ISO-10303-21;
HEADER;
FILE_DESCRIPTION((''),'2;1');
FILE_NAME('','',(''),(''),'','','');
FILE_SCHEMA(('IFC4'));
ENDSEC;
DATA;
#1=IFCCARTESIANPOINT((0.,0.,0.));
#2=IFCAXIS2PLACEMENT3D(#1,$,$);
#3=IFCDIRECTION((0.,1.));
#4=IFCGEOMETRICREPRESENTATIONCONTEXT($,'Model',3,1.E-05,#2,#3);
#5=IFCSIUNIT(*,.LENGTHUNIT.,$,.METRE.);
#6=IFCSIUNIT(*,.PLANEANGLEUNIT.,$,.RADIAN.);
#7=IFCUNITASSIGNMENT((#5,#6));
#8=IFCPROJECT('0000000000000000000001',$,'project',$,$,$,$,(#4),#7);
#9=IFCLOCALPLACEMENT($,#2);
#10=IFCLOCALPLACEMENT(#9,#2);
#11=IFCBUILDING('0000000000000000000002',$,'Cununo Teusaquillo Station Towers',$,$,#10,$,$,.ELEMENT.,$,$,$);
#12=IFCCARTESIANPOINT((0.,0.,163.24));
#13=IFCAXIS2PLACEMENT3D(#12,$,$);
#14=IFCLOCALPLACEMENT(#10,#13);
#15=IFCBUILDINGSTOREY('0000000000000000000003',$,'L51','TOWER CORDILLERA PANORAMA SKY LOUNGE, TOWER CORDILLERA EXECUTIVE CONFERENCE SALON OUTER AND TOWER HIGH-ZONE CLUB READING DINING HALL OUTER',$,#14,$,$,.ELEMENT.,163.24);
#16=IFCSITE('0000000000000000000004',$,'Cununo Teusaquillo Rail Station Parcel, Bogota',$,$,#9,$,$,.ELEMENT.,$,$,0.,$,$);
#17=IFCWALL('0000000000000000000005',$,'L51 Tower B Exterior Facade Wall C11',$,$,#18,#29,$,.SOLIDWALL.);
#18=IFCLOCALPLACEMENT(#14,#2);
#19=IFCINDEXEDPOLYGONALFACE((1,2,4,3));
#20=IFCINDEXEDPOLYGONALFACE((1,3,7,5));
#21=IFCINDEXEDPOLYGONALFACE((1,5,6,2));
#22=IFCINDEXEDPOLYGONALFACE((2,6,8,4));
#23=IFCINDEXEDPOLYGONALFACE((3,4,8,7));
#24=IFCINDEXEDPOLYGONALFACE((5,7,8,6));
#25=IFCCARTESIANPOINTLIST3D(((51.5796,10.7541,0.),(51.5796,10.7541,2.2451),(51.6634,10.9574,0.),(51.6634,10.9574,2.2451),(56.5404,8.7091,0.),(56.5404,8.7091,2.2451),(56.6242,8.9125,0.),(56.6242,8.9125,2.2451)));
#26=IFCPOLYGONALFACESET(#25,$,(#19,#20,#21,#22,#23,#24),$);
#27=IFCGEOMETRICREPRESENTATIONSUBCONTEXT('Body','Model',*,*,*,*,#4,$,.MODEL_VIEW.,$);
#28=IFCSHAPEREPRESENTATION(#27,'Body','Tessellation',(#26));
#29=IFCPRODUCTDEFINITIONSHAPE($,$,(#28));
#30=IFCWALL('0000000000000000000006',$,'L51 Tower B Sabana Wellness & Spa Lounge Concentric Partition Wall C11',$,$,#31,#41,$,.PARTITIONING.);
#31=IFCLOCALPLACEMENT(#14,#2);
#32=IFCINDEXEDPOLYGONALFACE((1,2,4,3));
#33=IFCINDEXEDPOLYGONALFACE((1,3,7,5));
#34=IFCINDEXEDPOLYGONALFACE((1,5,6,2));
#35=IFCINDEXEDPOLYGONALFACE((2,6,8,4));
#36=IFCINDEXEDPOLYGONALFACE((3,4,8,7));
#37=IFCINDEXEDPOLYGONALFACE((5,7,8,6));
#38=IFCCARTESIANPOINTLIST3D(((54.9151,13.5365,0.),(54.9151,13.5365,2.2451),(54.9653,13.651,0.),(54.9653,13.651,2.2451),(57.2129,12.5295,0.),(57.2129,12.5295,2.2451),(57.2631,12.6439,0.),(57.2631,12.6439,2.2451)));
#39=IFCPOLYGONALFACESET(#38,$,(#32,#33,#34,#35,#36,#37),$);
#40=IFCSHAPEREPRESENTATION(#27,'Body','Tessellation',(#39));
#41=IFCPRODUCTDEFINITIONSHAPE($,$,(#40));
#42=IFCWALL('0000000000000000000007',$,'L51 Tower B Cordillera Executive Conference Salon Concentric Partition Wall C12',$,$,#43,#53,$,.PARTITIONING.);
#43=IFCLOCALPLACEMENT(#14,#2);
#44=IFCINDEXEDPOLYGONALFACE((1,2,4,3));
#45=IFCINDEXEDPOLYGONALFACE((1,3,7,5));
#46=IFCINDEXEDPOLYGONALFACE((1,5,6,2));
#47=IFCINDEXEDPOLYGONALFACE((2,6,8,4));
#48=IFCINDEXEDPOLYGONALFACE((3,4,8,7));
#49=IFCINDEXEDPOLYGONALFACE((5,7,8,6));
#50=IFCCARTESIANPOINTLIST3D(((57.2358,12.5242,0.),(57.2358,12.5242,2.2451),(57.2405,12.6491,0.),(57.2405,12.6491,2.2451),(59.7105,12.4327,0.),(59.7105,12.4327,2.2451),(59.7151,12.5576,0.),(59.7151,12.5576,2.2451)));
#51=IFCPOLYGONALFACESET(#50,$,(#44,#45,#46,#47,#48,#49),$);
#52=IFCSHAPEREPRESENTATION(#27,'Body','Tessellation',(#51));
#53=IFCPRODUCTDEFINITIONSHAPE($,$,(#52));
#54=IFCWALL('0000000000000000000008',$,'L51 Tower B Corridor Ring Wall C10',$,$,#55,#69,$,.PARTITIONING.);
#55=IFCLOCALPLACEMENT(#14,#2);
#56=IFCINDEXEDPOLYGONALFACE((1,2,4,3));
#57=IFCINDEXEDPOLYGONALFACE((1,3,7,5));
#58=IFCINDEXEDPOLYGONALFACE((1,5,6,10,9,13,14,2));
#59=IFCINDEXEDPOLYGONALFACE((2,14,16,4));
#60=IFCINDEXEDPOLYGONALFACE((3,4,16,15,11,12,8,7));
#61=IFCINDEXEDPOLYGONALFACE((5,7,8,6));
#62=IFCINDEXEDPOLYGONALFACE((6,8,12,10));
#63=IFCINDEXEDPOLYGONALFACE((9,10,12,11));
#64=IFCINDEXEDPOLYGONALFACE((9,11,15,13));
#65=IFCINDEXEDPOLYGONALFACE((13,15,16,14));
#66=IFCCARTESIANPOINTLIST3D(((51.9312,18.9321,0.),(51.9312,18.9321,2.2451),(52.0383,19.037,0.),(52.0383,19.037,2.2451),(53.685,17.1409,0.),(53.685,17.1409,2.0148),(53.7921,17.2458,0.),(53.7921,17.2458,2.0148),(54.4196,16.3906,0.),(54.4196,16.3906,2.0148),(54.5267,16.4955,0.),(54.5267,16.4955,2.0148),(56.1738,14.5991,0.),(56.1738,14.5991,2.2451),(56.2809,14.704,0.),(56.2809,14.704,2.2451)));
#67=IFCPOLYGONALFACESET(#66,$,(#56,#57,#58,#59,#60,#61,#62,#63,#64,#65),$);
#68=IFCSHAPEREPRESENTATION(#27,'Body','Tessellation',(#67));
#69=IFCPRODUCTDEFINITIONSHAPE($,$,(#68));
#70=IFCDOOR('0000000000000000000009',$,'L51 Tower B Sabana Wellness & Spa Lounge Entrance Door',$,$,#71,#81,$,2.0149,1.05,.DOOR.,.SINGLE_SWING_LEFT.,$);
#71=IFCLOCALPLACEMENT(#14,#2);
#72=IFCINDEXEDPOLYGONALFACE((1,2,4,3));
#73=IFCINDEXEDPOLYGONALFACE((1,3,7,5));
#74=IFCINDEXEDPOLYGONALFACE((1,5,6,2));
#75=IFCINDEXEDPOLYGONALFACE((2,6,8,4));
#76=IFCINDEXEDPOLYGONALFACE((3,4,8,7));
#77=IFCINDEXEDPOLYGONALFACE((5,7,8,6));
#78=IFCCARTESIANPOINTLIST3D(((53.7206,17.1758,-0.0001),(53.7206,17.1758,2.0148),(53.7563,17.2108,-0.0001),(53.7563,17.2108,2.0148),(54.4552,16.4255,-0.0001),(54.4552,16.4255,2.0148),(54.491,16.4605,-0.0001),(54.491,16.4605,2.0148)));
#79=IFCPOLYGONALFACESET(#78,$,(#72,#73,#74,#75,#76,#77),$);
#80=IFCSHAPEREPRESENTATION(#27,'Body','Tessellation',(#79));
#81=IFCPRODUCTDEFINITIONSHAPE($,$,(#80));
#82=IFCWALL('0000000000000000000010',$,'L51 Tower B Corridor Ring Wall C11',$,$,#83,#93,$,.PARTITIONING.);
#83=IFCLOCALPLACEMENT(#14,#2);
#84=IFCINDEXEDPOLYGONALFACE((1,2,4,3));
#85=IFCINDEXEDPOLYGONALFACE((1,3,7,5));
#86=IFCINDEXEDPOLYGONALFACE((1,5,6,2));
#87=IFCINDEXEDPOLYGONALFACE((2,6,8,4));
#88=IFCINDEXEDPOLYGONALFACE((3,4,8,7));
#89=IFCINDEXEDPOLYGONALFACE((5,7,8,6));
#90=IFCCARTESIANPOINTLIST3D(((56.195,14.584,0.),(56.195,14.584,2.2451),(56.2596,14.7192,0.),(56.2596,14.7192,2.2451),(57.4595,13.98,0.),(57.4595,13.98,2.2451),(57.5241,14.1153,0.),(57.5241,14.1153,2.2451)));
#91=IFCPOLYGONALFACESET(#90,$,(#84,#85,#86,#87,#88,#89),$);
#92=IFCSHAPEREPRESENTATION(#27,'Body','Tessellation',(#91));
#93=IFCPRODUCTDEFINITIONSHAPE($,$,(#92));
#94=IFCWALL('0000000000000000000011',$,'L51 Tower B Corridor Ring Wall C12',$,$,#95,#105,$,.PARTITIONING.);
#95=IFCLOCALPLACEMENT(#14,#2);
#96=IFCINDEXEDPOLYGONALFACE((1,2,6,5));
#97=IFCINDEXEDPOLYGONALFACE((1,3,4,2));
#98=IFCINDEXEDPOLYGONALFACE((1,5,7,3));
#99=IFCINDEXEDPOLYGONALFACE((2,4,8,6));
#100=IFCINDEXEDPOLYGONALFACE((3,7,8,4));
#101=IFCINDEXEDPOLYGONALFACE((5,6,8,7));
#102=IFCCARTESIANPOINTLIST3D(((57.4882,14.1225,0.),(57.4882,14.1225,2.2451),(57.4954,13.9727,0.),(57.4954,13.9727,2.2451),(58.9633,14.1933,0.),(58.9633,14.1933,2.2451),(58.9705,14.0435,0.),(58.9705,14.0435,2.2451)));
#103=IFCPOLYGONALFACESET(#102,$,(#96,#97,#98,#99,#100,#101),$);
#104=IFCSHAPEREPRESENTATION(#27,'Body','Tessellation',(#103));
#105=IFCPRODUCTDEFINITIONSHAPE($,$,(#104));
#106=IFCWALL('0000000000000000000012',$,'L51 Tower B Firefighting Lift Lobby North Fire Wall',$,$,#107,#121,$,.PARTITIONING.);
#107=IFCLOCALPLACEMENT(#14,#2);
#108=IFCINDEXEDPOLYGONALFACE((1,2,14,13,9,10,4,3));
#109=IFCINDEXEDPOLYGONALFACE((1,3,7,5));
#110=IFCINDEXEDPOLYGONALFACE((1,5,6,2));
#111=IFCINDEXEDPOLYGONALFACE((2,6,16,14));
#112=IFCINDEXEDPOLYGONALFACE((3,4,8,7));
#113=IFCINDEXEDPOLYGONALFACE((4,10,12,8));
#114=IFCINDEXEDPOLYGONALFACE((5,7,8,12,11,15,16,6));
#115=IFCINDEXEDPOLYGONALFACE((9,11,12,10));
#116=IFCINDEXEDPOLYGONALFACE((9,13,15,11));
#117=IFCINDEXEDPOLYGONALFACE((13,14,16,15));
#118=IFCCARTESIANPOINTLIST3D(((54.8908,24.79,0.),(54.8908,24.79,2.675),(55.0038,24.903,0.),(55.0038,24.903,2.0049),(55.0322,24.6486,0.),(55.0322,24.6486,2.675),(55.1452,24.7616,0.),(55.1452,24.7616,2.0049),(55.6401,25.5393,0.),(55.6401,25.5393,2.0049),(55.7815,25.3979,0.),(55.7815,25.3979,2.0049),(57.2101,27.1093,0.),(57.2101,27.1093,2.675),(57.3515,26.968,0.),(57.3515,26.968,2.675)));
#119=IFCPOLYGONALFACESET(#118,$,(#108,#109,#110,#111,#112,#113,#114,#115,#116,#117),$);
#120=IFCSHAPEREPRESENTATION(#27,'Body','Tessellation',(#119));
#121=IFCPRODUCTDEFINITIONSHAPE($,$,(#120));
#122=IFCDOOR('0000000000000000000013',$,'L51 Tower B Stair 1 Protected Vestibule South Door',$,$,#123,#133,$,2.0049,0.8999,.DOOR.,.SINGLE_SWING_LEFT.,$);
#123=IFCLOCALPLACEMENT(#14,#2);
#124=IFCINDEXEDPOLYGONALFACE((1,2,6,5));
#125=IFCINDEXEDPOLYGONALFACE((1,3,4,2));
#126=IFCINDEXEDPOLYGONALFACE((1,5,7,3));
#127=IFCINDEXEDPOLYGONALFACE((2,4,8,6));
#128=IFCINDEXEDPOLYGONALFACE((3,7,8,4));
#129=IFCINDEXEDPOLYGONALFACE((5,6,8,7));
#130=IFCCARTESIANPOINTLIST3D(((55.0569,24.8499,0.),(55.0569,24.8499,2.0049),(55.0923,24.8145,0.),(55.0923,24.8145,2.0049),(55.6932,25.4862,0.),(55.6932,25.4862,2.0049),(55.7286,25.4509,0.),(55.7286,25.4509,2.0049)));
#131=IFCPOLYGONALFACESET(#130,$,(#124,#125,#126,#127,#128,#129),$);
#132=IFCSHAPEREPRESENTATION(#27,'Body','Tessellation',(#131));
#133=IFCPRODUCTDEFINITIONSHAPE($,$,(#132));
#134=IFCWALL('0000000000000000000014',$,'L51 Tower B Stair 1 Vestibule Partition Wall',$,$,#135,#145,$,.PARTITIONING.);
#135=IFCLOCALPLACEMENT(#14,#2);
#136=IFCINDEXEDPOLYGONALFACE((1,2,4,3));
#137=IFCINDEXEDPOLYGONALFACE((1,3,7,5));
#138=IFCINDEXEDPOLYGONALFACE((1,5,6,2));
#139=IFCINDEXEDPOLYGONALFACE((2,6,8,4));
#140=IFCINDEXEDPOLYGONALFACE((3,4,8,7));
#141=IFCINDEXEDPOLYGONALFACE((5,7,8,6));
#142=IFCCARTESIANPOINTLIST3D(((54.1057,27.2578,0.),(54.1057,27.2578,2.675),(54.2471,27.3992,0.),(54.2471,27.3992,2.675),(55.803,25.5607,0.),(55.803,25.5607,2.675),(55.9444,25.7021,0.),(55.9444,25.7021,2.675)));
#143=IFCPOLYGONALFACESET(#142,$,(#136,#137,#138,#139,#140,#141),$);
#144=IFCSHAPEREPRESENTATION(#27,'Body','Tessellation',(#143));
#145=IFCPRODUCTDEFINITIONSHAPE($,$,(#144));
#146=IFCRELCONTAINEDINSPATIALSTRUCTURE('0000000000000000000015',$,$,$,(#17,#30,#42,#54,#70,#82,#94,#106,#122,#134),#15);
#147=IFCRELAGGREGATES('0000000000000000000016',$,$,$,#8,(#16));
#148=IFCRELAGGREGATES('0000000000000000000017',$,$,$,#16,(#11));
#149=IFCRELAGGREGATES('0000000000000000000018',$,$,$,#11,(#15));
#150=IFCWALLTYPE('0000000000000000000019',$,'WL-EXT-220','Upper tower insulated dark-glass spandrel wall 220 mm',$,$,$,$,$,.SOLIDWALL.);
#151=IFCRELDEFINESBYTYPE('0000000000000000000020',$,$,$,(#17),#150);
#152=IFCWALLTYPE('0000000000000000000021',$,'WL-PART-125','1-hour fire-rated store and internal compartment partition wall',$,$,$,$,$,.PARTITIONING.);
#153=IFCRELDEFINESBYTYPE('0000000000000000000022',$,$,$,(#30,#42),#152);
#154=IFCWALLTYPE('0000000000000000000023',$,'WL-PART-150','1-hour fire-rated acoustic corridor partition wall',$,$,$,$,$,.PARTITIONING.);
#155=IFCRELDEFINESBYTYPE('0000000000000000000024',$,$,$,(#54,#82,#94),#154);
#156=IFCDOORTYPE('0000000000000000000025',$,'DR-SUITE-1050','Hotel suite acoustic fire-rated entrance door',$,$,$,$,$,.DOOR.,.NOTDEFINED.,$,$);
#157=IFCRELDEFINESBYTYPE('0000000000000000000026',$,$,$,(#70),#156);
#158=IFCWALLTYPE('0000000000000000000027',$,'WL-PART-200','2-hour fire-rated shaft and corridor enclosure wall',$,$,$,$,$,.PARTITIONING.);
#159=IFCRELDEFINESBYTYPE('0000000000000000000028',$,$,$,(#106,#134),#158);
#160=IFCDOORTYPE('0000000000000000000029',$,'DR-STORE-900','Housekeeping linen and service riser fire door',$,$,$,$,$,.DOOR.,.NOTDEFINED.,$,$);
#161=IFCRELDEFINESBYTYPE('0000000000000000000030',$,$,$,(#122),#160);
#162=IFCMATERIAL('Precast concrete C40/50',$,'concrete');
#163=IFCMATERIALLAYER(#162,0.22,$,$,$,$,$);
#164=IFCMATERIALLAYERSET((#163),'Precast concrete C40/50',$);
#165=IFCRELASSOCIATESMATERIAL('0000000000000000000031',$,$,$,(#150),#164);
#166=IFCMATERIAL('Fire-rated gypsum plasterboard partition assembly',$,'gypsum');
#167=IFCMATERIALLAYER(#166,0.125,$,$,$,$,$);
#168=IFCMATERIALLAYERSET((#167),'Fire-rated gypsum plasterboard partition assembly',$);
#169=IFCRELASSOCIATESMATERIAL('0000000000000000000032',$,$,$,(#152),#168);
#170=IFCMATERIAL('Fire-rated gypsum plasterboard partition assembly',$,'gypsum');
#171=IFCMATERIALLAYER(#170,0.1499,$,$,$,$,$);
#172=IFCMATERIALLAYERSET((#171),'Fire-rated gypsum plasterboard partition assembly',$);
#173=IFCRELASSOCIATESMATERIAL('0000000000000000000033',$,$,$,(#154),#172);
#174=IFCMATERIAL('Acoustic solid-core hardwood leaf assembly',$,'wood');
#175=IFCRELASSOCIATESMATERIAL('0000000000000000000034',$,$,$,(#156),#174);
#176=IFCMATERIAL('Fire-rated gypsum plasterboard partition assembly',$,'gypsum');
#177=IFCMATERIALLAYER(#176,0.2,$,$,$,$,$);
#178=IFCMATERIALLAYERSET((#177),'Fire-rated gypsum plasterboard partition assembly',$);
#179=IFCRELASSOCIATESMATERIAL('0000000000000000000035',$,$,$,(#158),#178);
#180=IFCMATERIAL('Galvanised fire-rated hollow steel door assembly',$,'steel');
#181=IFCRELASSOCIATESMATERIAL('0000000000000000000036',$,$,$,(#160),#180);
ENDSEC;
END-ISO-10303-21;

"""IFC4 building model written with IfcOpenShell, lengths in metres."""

from ifc_helpers import new_model, si_unit, direction, frame, frame_2d, origin, place, context, subcontext, project, spatial, rectangle, extrude, source, transform, mapped, material, layer, layer_set, type_object, element, fill, save


model = new_model("IFC4")

# Units and contexts
model_context = context("Model", 3, precision=1e-05, world=origin(), true_north=direction((0.0, 1.0)))
body_context = subcontext(model_context, "Body", "Model", "MODEL_VIEW")
ifc_project = project(units=[si_unit("LENGTHUNIT", "METRE"), si_unit("PLANEANGLEUNIT", "RADIAN")], contexts=[model_context])

# Site, building, storey
site_placement = place(None, origin())
site = spatial("IfcSite", under=ifc_project, at=site_placement, Name="Cununo Teusaquillo Rail Station Parcel, Bogota", CompositionType="ELEMENT", RefElevation=0.0)
building_placement = place(site_placement, origin())
building = spatial("IfcBuilding", under=site, at=building_placement, Name="Cununo Teusaquillo Station Towers", CompositionType="ELEMENT")
storey_placement = place(building_placement, frame((0.0, 0.0, 163.24)))
storey = spatial("IfcBuildingStorey", under=building, at=storey_placement, Name="L51", Description="TOWER CORDILLERA PANORAMA SKY LOUNGE, TOWER CORDILLERA EXECUTIVE CONFERENCE SALON OUTER AND TOWER HIGH-ZONE CLUB READING DINING HALL OUTER", CompositionType="ELEMENT", Elevation=163.24)

# Shared definitions
ifc_material_1 = material(Name="Precast concrete C40/50", Category="concrete")
ifc_layer_1 = layer(ifc_material_1, 0.22)
ifc_layer_set_1 = layer_set([ifc_layer_1], Name="Precast concrete C40/50")
wall_type_1 = type_object("IfcWallType", Name="WL-EXT-220", Description="Upper tower insulated dark-glass spandrel wall 220 mm", PredefinedType="SOLIDWALL", material=ifc_layer_set_1)

# Walls
wall_1_placement = place(storey_placement, frame((56.5823, 8.8108, 0.0), z_axis=(0.0, 0.0, 1.0), x_axis=(-0.924528, 0.381114, 0.0)))
element("IfcWall", 1, at=wall_1_placement, inside=storey, type_object=wall_type_1, Name="L51 Tower B Exterior Facade Wall C11", PredefinedType="SOLIDWALL", context=body_context, shape_type="SweptSolid", body=[
    extrude(rectangle(XDim=5.3657, YDim=0.22, at=frame_2d((2.6829, 0.0))), origin(), (0.0, 0.0, 1.0), 2.2451),
])
ifc_material_2 = material(Name="Fire-rated gypsum plasterboard partition assembly", Category="gypsum")
ifc_layer_2 = layer(ifc_material_2, 0.125)
ifc_layer_set_2 = layer_set([ifc_layer_2], Name="Fire-rated gypsum plasterboard partition assembly")
wall_type_2 = type_object("IfcWallType", Name="WL-PART-125", Description="1-hour fire-rated store and internal compartment partition wall", PredefinedType="PARTITIONING", material=ifc_layer_set_2)
wall_2_placement = place(storey_placement, frame((54.9402, 13.5938, 0.0), z_axis=(0.0, 0.0, 1.0), x_axis=(0.915898, -0.401411, 0.0)))
element("IfcWall", 2, at=wall_2_placement, inside=storey, type_object=wall_type_2, Name="L51 Tower B Sabana Wellness & Spa Lounge Concentric Partition Wall C11", PredefinedType="PARTITIONING", context=body_context, shape_type="SweptSolid", body=[
    extrude(rectangle(XDim=2.5088, YDim=0.125, at=frame_2d((1.2544, 0.0))), origin(), (0.0, 0.0, 1.0), 2.2451),
])
wall_3_placement = place(storey_placement, frame((57.238, 12.5867, 0.0), z_axis=(0.0, 0.0, 1.0), x_axis=(0.999316, -0.036972, 0.0)))
element("IfcWall", 3, at=wall_3_placement, inside=storey, type_object=wall_type_2, Name="L51 Tower B Cordillera Executive Conference Salon Concentric Partition Wall C12", PredefinedType="PARTITIONING", context=body_context, shape_type="SweptSolid", body=[
    extrude(rectangle(XDim=2.4763, YDim=0.125, at=frame_2d((1.2383, 0.0))), origin(), (0.0, 0.0, 1.0), 2.2451),
])

# Wall, opening, door
ifc_material_3 = material(Name="Fire-rated gypsum plasterboard partition assembly", Category="gypsum")
ifc_layer_3 = layer(ifc_material_3, 0.1499)
ifc_layer_set_3 = layer_set([ifc_layer_3], Name="Fire-rated gypsum plasterboard partition assembly")
wall_type_3 = type_object("IfcWallType", Name="WL-PART-150", Description="1-hour fire-rated acoustic corridor partition wall", PredefinedType="PARTITIONING", material=ifc_layer_set_3)
wall_4_placement = place(storey_placement, frame((51.9846, 18.9846, 0.0), z_axis=(0.0, 0.0, 1.0), x_axis=(0.69962, -0.714515, 0.0)))
wall_4 = element("IfcWall", 4, at=wall_4_placement, inside=storey, type_object=wall_type_3, Name="L51 Tower B Corridor Ring Wall C10", PredefinedType="PARTITIONING", context=body_context, shape_type="SweptSolid", body=[
    extrude(rectangle(XDim=6.0642, YDim=0.1499, at=frame_2d((3.0322, 0.0))), origin(), (0.0, 0.0, 1.0), 2.2451),
])
shared_shape_1 = source(origin(), body_context, "Body", "SweptSolid", [
    extrude(rectangle(XDim=1.05, YDim=2.0149, at=frame_2d((0.5249, 1.0073))), frame((0.0, 0.085, 0.0), z_axis=(0.0, -1.0, 0.0), x_axis=(1.0, 0.0, 0.0)), (0.0, 0.0, 1.0), 0.1699),
])
opening_1_placement = place(wall_4_placement, frame((2.5071, 0.0, 0.0)))
opening_1 = element("IfcOpeningElement", 5, at=opening_1_placement, cuts=wall_4, PredefinedType="OPENING", context=body_context, shape_type="MappedRepresentation", body=[
    mapped(shared_shape_1, transform((0.0, 0.0, 0.0), x_axis=(1.0, 0.0, 0.0), y_axis=(0.0, 1.0, 0.0), z_axis=(0.0, 0.0, 1.0), scale=1.0)),
])
ifc_material_4 = material(Name="Acoustic solid-core hardwood leaf assembly", Category="wood")
door_type_1 = type_object("IfcDoorType", Name="DR-SUITE-1050", Description="Hotel suite acoustic fire-rated entrance door", OperationType="NOTDEFINED", PredefinedType="DOOR", material=ifc_material_4)
shared_shape_2 = source(origin(), body_context, "Body", "SweptSolid", [
    extrude(rectangle(XDim=1.05, YDim=2.0149, at=frame_2d((0.5249, 1.0073))), frame((0.0, 0.0249, 0.0), z_axis=(0.0, -1.0, 0.0), x_axis=(1.0, 0.0, 0.0)), (0.0, 0.0, 1.0), 0.05),
])
door_1_placement = place(opening_1_placement, origin())
door_1 = element("IfcDoor", 6, at=door_1_placement, inside=storey, type_object=door_type_1, Name="L51 Tower B Sabana Wellness & Spa Lounge Entrance Door", OperationType="SINGLE_SWING_LEFT", OverallHeight=2.0149, OverallWidth=1.05, PredefinedType="DOOR", context=body_context, shape_type="MappedRepresentation", body=[
    mapped(shared_shape_2, transform((0.0, 0.0, 0.0), x_axis=(1.0, 0.0, 0.0), y_axis=(0.0, 1.0, 0.0), z_axis=(0.0, 0.0, 1.0), scale=1.0)),
])
fill(opening_1, door_1)

# Walls
wall_5_placement = place(storey_placement, frame((56.2273, 14.6516, 0.0), z_axis=(0.0, 0.0, 1.0), x_axis=(0.902364, -0.430975, 0.0)))
element("IfcWall", 7, at=wall_5_placement, inside=storey, type_object=wall_type_3, Name="L51 Tower B Corridor Ring Wall C11", PredefinedType="PARTITIONING", context=body_context, shape_type="SweptSolid", body=[
    extrude(rectangle(XDim=1.4014, YDim=0.1499, at=frame_2d((0.7007, 0.0))), origin(), (0.0, 0.0, 1.0), 2.2451),
])
wall_6_placement = place(storey_placement, frame((57.4919, 14.0476, 0.0), z_axis=(0.0, 0.0, 1.0), x_axis=(0.99885, 0.047942, 0.0)))
element("IfcWall", 8, at=wall_6_placement, inside=storey, type_object=wall_type_3, Name="L51 Tower B Corridor Ring Wall C12", PredefinedType="PARTITIONING", context=body_context, shape_type="SweptSolid", body=[
    extrude(rectangle(XDim=1.4768, YDim=0.1499, at=frame_2d((0.7383, 0.0))), origin(), (0.0, 0.0, 1.0), 2.2451),
])

# Wall, opening, door
ifc_material_5 = material(Name="Fire-rated gypsum plasterboard partition assembly", Category="gypsum")
ifc_layer_4 = layer(ifc_material_5, 0.2)
ifc_layer_set_4 = layer_set([ifc_layer_4], Name="Fire-rated gypsum plasterboard partition assembly")
wall_type_4 = type_object("IfcWallType", Name="WL-PART-200", Description="2-hour fire-rated shaft and corridor enclosure wall", PredefinedType="PARTITIONING", material=ifc_layer_set_4)
wall_7_placement = place(storey_placement, frame((54.9614, 24.7192, 0.0), z_axis=(0.0, 0.0, 1.0), x_axis=(0.707107, 0.707107, 0.0)))
wall_7 = element("IfcWall", 9, at=wall_7_placement, inside=storey, type_object=wall_type_4, Name="L51 Tower B Firefighting Lift Lobby North Fire Wall", PredefinedType="PARTITIONING", context=body_context, shape_type="SweptSolid", body=[
    extrude(rectangle(XDim=3.28, YDim=0.2, at=frame_2d((1.6401, 0.0))), origin(), (0.0, 0.0, 1.0), 2.675),
])
shared_shape_3 = source(origin(), body_context, "Body", "SweptSolid", [
    extrude(rectangle(XDim=0.8999, YDim=2.0049, at=frame_2d((0.45, 1.0024))), frame((0.0, 0.1099, 0.0), z_axis=(0.0, -1.0, 0.0), x_axis=(1.0, 0.0, 0.0)), (0.0, 0.0, 1.0), 0.22),
])
opening_2_placement = place(wall_7_placement, frame((0.1599, 0.0, 0.0)))
opening_2 = element("IfcOpeningElement", 10, at=opening_2_placement, cuts=wall_7, PredefinedType="OPENING", context=body_context, shape_type="MappedRepresentation", body=[
    mapped(shared_shape_3, transform((0.0, 0.0, 0.0), x_axis=(1.0, 0.0, 0.0), y_axis=(0.0, 1.0, 0.0), z_axis=(0.0, 0.0, 1.0), scale=1.0)),
])
ifc_material_6 = material(Name="Galvanised fire-rated hollow steel door assembly", Category="steel")
door_type_2 = type_object("IfcDoorType", Name="DR-STORE-900", Description="Housekeeping linen and service riser fire door", OperationType="NOTDEFINED", PredefinedType="DOOR", material=ifc_material_6)
shared_shape_4 = source(origin(), body_context, "Body", "SweptSolid", [
    extrude(rectangle(XDim=0.8999, YDim=2.0049, at=frame_2d((0.45, 1.0024))), frame((0.0, 0.0249, 0.0), z_axis=(0.0, -1.0, 0.0), x_axis=(1.0, 0.0, 0.0)), (0.0, 0.0, 1.0), 0.05),
])
door_2_placement = place(opening_2_placement, origin())
door_2 = element("IfcDoor", 11, at=door_2_placement, inside=storey, type_object=door_type_2, Name="L51 Tower B Stair 1 Protected Vestibule South Door", OperationType="SINGLE_SWING_LEFT", OverallHeight=2.0049, OverallWidth=0.8999, PredefinedType="DOOR", context=body_context, shape_type="MappedRepresentation", body=[
    mapped(shared_shape_4, transform((0.0, 0.0, 0.0), x_axis=(1.0, 0.0, 0.0), y_axis=(0.0, 1.0, 0.0), z_axis=(0.0, 0.0, 1.0), scale=1.0)),
])
fill(opening_2, door_2)

# Wall
wall_8_placement = place(storey_placement, frame((55.8738, 25.6313, 0.0), z_axis=(0.0, 0.0, 1.0), x_axis=(-0.707158, 0.707056, 0.0)))
element("IfcWall", 12, at=wall_8_placement, inside=storey, type_object=wall_type_4, Name="L51 Tower B Stair 1 Vestibule Partition Wall", PredefinedType="PARTITIONING", context=body_context, shape_type="SweptSolid", body=[
    extrude(rectangle(XDim=2.4001, YDim=0.2, at=frame_2d((1.2002, 0.0))), origin(), (0.0, 0.0, 1.0), 2.675),
])

save(model, "model.ifc")
